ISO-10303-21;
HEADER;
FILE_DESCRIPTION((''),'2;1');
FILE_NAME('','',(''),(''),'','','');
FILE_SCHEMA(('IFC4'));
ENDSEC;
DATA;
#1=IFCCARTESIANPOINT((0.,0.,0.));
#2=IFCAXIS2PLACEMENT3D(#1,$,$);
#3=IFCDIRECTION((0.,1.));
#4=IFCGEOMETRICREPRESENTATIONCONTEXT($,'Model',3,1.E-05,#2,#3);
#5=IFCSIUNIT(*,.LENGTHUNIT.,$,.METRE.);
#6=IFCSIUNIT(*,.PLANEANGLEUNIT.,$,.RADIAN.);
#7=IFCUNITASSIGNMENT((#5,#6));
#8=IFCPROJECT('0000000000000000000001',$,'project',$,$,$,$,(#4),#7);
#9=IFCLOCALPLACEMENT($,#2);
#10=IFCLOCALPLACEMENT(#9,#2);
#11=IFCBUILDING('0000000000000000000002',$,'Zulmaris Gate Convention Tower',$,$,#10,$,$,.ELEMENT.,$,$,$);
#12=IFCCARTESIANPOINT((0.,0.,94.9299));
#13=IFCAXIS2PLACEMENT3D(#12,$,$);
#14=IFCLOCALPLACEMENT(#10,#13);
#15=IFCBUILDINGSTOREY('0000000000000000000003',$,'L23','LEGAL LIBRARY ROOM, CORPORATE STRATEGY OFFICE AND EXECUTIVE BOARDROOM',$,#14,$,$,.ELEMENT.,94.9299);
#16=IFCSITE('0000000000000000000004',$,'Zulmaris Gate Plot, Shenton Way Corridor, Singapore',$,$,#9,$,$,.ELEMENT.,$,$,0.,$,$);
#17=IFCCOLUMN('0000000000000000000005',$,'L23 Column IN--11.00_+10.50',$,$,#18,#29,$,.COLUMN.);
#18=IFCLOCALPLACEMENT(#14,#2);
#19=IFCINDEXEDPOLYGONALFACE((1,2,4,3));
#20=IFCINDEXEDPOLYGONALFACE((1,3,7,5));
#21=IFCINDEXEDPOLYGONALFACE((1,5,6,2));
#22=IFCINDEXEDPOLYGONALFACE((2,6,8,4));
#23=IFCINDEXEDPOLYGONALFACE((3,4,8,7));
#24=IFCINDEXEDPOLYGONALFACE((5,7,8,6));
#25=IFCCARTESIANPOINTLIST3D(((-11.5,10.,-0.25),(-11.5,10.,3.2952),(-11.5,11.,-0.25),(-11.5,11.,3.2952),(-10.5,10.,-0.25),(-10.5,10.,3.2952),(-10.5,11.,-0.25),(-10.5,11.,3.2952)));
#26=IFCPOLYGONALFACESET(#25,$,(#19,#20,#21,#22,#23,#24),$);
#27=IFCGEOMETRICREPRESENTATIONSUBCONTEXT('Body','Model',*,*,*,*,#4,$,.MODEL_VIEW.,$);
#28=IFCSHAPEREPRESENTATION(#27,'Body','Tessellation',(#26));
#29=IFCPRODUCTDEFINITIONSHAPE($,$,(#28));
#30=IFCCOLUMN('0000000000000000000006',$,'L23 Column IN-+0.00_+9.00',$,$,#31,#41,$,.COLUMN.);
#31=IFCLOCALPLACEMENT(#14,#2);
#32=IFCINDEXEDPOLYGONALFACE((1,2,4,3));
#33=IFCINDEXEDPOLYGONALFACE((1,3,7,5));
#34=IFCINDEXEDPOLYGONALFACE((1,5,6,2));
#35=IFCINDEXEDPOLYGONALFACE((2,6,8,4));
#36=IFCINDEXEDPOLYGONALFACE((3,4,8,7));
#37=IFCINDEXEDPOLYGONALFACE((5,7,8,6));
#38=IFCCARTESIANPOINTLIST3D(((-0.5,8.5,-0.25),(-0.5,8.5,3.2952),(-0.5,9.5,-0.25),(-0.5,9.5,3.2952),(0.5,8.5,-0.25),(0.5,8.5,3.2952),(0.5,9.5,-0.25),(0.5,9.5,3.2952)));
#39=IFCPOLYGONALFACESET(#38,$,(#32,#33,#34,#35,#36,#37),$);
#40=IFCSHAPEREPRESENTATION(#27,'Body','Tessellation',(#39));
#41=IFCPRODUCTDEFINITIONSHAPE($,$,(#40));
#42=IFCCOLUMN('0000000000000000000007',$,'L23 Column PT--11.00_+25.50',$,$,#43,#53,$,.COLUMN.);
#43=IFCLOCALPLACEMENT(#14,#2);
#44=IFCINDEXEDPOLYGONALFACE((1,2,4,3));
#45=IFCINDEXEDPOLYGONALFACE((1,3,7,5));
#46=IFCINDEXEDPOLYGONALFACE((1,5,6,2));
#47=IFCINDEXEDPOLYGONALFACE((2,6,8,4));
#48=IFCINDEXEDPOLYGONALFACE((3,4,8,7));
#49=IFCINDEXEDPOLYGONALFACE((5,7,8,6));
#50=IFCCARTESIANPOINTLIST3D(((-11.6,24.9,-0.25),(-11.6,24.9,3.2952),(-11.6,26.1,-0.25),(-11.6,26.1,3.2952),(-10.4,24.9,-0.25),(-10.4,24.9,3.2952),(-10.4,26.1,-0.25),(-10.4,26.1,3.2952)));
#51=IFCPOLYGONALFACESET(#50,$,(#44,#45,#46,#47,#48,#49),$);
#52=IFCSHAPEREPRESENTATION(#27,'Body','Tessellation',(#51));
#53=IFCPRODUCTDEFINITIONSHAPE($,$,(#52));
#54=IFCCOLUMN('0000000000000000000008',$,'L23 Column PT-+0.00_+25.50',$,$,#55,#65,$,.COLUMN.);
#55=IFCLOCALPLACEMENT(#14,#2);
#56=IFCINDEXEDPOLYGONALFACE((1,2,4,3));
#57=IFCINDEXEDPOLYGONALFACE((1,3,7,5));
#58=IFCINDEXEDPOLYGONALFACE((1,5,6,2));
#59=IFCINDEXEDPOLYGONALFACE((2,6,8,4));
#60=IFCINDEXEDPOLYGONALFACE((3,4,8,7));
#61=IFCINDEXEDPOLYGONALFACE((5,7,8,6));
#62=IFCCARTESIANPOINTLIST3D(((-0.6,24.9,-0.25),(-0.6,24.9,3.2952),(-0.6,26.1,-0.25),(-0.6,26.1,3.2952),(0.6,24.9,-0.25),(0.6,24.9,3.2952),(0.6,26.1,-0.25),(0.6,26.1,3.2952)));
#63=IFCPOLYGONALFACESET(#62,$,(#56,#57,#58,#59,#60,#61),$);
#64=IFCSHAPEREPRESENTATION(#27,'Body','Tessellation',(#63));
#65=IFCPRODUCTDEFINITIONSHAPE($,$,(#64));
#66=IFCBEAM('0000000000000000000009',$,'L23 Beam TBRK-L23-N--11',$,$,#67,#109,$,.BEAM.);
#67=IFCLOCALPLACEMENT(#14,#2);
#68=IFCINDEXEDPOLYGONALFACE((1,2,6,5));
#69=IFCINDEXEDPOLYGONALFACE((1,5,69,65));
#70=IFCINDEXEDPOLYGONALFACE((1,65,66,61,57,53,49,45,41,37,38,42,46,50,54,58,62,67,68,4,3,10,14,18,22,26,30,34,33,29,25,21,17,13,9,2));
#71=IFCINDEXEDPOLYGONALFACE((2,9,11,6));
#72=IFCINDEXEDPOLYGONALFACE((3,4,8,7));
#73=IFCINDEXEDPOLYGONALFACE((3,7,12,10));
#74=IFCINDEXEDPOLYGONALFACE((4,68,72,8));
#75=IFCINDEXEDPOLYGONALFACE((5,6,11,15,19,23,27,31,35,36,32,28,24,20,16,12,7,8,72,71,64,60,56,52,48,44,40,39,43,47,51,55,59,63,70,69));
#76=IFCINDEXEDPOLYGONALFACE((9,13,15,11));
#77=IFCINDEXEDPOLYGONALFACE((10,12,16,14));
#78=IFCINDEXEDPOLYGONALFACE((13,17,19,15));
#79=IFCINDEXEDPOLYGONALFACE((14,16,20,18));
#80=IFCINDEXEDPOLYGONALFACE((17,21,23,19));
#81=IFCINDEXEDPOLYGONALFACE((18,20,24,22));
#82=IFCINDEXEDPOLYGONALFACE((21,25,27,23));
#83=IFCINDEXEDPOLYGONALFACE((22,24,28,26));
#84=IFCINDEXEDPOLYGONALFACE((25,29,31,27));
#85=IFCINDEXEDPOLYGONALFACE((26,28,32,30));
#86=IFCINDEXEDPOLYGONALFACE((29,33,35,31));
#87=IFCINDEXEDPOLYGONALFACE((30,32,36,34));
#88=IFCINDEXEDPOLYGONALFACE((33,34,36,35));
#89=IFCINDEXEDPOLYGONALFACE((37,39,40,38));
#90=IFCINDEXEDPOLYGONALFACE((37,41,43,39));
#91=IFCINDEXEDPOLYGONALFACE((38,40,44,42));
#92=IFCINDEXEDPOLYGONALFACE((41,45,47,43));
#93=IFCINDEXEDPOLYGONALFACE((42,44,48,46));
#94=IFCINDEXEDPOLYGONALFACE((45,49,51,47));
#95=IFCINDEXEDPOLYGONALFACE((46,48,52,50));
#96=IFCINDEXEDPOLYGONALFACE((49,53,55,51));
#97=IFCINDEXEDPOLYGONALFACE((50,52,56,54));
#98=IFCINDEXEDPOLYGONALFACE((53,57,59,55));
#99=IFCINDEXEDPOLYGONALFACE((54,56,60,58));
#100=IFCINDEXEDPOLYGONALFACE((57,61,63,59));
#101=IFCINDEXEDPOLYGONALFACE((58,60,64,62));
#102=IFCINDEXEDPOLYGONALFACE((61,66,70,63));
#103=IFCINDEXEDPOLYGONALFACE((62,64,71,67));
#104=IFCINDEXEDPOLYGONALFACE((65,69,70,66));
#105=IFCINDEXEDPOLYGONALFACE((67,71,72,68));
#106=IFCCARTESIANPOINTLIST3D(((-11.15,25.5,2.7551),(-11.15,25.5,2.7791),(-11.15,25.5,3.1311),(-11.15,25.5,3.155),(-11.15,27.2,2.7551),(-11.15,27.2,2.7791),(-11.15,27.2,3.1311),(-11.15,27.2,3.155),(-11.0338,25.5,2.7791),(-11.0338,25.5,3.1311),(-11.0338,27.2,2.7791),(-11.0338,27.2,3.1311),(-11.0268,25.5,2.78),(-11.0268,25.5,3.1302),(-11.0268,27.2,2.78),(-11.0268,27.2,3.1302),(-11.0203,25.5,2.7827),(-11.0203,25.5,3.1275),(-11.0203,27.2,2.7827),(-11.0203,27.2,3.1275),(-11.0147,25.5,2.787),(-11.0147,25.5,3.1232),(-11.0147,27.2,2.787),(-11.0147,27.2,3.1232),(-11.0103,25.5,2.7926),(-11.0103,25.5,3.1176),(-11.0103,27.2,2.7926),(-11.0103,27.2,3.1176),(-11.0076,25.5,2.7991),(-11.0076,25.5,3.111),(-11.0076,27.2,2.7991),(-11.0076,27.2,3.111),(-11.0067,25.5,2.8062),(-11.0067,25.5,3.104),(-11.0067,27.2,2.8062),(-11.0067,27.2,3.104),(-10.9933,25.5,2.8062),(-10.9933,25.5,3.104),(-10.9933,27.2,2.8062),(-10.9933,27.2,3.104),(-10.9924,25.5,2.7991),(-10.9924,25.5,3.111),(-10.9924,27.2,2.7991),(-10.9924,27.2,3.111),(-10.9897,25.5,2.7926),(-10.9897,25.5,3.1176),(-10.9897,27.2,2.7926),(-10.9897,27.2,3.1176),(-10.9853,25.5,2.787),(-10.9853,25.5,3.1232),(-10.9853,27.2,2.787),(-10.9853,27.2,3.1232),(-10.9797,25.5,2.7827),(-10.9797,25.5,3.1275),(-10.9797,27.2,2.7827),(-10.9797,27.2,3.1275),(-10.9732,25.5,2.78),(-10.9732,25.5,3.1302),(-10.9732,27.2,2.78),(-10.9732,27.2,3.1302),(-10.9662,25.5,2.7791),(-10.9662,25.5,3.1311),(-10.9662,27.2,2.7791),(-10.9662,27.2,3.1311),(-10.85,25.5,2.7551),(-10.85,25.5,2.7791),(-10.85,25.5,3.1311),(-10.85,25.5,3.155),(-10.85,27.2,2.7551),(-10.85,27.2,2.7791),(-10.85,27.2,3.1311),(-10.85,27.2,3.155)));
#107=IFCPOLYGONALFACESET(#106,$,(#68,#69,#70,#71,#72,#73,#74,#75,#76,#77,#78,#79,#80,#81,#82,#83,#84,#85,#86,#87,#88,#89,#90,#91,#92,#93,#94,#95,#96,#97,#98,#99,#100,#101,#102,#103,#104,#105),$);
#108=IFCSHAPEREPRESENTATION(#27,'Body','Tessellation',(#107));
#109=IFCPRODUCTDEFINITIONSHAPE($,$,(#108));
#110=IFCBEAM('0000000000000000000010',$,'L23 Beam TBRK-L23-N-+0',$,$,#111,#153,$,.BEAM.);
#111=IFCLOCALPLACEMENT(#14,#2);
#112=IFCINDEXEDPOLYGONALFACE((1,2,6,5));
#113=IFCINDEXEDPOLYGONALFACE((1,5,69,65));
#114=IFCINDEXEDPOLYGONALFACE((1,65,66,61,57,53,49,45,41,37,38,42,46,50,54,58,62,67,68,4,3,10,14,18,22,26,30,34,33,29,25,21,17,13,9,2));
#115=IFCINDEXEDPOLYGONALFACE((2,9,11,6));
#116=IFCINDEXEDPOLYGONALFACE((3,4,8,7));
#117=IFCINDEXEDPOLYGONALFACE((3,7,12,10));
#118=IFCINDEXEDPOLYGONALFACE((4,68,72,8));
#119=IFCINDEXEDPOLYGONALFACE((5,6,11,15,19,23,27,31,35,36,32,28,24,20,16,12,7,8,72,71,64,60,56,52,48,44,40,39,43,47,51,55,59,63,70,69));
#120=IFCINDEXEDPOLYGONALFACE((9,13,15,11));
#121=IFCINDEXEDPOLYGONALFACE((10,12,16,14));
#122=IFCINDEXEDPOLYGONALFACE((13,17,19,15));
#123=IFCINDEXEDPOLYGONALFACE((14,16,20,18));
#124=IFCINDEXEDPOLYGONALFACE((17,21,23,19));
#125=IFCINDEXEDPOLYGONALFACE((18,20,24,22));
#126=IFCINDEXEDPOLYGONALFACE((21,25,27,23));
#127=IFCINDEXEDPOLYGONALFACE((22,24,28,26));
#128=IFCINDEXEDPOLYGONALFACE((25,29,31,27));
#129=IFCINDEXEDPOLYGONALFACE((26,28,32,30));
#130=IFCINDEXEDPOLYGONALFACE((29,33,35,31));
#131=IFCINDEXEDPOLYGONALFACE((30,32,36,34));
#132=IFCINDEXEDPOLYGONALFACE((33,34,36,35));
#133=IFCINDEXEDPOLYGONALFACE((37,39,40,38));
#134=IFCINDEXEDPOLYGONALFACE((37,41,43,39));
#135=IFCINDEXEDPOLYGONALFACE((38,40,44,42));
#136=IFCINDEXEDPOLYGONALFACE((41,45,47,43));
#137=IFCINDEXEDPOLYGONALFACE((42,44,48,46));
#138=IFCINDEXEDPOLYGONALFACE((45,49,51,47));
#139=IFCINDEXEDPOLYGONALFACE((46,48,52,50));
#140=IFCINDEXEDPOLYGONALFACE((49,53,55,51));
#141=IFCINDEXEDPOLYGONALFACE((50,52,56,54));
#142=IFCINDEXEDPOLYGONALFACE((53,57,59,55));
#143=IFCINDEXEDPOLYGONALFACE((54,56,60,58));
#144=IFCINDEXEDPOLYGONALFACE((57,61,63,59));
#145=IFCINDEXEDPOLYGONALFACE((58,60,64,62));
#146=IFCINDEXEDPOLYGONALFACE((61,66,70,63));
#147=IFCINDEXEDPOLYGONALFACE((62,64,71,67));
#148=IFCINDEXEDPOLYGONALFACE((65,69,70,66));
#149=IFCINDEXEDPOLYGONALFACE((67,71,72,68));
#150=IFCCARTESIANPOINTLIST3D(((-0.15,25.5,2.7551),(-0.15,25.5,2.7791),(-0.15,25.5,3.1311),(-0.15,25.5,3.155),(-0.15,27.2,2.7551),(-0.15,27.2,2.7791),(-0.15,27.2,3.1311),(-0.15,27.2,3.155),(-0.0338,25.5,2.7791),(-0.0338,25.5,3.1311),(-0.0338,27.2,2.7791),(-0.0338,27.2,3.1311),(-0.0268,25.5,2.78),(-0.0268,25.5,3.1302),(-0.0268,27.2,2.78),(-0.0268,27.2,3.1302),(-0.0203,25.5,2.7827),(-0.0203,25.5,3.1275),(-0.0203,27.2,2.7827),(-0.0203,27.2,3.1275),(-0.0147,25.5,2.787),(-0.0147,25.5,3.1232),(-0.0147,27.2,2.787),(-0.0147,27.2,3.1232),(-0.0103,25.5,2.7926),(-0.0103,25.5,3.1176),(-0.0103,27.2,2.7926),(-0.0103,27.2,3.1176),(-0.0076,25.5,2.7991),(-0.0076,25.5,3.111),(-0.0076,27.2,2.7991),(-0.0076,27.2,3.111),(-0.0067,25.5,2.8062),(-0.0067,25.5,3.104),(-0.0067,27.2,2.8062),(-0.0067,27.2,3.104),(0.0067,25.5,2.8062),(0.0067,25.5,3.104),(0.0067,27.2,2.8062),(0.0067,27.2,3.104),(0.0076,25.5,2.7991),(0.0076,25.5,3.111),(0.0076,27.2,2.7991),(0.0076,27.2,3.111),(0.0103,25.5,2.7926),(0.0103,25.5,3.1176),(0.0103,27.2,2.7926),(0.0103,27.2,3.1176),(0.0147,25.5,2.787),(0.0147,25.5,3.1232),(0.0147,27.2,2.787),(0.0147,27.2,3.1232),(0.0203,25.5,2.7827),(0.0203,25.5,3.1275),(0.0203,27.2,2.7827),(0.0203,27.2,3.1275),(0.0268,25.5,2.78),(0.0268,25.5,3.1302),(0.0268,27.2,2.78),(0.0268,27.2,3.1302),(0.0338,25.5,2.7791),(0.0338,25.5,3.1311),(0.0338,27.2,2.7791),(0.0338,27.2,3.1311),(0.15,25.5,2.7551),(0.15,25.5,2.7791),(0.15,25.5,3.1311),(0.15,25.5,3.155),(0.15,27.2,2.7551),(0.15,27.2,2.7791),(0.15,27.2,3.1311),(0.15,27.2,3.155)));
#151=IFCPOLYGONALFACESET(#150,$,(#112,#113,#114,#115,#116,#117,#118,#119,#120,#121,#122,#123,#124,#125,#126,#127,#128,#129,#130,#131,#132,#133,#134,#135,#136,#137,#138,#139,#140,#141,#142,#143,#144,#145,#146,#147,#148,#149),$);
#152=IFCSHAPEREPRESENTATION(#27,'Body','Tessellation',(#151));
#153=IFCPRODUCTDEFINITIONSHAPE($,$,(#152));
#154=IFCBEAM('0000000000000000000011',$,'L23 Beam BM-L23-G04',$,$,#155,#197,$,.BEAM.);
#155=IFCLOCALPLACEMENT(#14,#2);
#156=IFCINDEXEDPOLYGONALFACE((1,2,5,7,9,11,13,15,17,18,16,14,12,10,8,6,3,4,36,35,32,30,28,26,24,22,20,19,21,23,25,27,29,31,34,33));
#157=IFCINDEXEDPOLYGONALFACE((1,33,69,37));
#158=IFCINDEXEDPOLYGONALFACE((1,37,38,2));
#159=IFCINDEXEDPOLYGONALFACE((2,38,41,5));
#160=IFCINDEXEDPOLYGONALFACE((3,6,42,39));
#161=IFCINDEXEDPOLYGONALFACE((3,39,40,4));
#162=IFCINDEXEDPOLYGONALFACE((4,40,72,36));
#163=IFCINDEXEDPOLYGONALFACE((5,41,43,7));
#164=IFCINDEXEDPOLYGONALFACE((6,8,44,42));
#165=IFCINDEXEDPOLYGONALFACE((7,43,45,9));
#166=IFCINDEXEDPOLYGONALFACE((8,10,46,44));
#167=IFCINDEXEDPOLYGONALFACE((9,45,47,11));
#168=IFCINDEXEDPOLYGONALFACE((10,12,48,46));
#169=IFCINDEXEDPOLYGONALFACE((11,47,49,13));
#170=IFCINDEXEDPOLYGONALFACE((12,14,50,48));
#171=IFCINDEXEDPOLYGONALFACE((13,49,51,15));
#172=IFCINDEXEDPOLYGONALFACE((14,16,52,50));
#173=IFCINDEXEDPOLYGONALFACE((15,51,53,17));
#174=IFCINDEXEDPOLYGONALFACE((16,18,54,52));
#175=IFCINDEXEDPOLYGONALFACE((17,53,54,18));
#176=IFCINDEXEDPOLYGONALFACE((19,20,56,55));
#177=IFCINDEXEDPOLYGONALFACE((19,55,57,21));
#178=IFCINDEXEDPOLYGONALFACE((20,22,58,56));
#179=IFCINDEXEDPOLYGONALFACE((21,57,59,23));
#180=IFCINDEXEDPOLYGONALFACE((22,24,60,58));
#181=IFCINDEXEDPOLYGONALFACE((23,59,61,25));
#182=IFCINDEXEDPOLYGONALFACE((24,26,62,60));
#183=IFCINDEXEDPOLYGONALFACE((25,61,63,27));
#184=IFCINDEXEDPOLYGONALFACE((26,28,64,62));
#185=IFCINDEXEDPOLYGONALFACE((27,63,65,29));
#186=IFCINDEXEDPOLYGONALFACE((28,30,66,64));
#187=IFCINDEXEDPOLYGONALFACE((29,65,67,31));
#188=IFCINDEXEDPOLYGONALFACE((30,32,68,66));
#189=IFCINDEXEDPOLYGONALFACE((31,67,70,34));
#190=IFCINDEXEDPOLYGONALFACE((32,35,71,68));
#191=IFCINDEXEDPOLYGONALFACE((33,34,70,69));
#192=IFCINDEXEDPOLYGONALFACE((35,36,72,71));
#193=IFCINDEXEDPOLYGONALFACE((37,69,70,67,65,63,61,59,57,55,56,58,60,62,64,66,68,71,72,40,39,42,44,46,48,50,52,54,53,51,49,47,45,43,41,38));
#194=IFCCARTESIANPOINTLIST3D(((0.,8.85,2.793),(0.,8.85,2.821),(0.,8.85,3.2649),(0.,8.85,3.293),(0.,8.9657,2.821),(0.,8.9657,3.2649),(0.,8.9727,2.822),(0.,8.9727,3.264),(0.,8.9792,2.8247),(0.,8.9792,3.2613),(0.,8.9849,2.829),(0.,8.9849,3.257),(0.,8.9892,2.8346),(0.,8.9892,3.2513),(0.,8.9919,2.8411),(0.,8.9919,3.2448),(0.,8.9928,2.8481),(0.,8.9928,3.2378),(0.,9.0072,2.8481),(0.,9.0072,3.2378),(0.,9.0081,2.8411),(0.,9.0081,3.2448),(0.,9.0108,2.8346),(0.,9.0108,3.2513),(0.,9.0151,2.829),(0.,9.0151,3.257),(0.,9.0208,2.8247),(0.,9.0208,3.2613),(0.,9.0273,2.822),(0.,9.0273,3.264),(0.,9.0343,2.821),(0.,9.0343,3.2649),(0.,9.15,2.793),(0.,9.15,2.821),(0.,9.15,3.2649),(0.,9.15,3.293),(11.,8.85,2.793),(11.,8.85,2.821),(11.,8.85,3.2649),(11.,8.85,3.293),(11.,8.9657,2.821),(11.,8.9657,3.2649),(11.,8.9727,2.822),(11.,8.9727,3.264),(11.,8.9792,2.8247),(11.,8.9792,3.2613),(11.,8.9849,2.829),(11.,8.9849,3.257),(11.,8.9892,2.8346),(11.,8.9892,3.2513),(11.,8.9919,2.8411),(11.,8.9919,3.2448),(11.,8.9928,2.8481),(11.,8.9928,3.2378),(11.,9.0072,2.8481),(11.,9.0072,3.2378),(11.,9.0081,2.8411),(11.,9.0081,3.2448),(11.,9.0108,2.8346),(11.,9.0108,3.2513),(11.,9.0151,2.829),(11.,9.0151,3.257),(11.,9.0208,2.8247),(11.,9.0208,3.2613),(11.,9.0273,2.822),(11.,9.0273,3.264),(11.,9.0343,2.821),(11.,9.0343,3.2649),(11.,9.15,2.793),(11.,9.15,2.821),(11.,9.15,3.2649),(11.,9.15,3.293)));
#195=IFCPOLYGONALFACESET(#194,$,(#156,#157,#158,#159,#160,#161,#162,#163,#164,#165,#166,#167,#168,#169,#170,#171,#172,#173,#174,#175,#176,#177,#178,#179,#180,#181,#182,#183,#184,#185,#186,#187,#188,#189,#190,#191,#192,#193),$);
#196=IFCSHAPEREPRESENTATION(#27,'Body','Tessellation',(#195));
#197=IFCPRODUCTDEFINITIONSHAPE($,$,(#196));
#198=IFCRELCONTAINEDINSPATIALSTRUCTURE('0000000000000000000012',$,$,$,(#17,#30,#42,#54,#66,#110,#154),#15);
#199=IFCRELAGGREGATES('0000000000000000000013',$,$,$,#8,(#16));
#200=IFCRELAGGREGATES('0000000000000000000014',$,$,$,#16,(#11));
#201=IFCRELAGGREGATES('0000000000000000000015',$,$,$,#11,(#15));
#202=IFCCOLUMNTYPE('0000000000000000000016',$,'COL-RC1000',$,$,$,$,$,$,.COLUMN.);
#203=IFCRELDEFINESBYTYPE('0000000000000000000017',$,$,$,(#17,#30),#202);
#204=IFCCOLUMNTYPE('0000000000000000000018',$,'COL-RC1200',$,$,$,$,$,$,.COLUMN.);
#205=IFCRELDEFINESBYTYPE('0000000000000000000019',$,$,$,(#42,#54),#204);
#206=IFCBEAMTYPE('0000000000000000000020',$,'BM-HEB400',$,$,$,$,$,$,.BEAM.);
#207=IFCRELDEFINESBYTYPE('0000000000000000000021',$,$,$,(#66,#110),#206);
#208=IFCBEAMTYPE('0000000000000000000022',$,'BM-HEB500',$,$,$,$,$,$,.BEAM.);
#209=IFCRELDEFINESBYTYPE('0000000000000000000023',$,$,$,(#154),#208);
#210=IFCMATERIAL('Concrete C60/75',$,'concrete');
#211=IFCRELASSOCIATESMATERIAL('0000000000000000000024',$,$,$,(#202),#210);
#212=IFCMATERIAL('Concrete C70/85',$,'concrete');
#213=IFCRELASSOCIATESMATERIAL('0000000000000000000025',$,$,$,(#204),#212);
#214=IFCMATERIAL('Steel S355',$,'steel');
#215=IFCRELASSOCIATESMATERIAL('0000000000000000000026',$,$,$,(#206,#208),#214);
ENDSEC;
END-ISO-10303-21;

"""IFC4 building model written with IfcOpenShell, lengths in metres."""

from ifc_helpers import new_model, si_unit, direction, frame, origin, origin_2d, place, context, subcontext, project, spatial, rectangle, i_section, extrude, material, material_profile, profile_set, type_object, element, save


model = new_model("IFC4")

# Units and contexts
model_context = context("Model", 3, precision=1e-05, world=origin(), true_north=direction((0.0, 1.0)))
body_context = subcontext(model_context, "Body", "Model", "MODEL_VIEW")
ifc_project = project(units=[si_unit("LENGTHUNIT", "METRE"), si_unit("PLANEANGLEUNIT", "RADIAN")], contexts=[model_context])

# Site, building, storey
site_placement = place(None, origin())
site = spatial("IfcSite", under=ifc_project, at=site_placement, Name="Zulmaris Gate Plot, Shenton Way Corridor, Singapore", CompositionType="ELEMENT", RefElevation=0.0)
building_placement = place(site_placement, origin())
building = spatial("IfcBuilding", under=site, at=building_placement, Name="Zulmaris Gate Convention Tower", CompositionType="ELEMENT")
storey_placement = place(building_placement, frame((0.0, 0.0, 94.9299)))
storey = spatial("IfcBuildingStorey", under=building, at=storey_placement, Name="L23", Description="LEGAL LIBRARY ROOM, CORPORATE STRATEGY OFFICE AND EXECUTIVE BOARDROOM", CompositionType="ELEMENT", Elevation=94.9299)

# Columns
ifc_material_1 = material(Name="Concrete C60/75", Category="concrete")
ifc_material_profile_1 = material_profile(ifc_material_1, rectangle(XDim=1.0, YDim=1.0, at=origin_2d()), Name="RC COL 1000x1000")
ifc_profile_set_1 = profile_set([ifc_material_profile_1], Name="Concrete C60/75")
column_type_1 = type_object("IfcColumnType", Name="COL-RC1000", PredefinedType="COLUMN", material=ifc_profile_set_1)
for number, where, z_axis, x_axis, name in (
    (1, (-11.0, 10.5, -0.25), (0.0, 0.0, 1.0), (1.0, 0.0, 0.0), "L23 Column IN--11.00_+10.50"),
    (2, (0.0, 9.0, -0.25), (0.0, 0.0, 1.0), (1.0, 0.0, 0.0), "L23 Column IN-+0.00_+9.00"),
):
    element("IfcColumn", number, at=place(storey_placement, frame(where, z_axis=z_axis, x_axis=x_axis)), inside=storey, type_object=column_type_1, Name=name, PredefinedType="COLUMN", context=body_context, shape_type="SweptSolid", body=[
        extrude(rectangle(XDim=1.0, YDim=1.0, at=origin_2d()), origin(), (0.0, 0.0, 1.0), 3.5452),
    ])
ifc_material_2 = material(Name="Concrete C70/85", Category="concrete")
ifc_material_profile_2 = material_profile(ifc_material_2, rectangle(XDim=1.2, YDim=1.2, at=origin_2d()), Name="RC COL 1200x1200")
ifc_profile_set_2 = profile_set([ifc_material_profile_2], Name="Concrete C70/85")
column_type_2 = type_object("IfcColumnType", Name="COL-RC1200", PredefinedType="COLUMN", material=ifc_profile_set_2)
for number, where, z_axis, x_axis, name in (
    (3, (-11.0, 25.5, -0.25), (0.0, 0.0, 1.0), (1.0, 0.0, 0.0), "L23 Column PT--11.00_+25.50"),
    (4, (0.0, 25.5, -0.25), (0.0, 0.0, 1.0), (1.0, 0.0, 0.0), "L23 Column PT-+0.00_+25.50"),
):
    element("IfcColumn", number, at=place(storey_placement, frame(where, z_axis=z_axis, x_axis=x_axis)), inside=storey, type_object=column_type_2, Name=name, PredefinedType="COLUMN", context=body_context, shape_type="SweptSolid", body=[
        extrude(rectangle(XDim=1.2, YDim=1.2, at=origin_2d()), origin(), (0.0, 0.0, 1.0), 3.5452),
    ])

# Beams
ifc_material_3 = material(Name="Steel S355", Category="steel")
ifc_material_profile_3 = material_profile(ifc_material_3, i_section(OverallWidth=0.3, OverallDepth=0.3999, WebThickness=0.0134, FlangeThickness=0.0239, FilletRadius=0.0271, at=origin_2d()), Name="HEB 400")
ifc_profile_set_3 = profile_set([ifc_material_profile_3], Name="Steel S355")
beam_type_1 = type_object("IfcBeamType", Name="BM-HEB400", PredefinedType="BEAM", material=ifc_profile_set_3)
for number, where, z_axis, x_axis, name in (
    (5, (-11.0, 25.5, 2.9551), (0.0, 1.0, 0.0), (-1.0, 0.0, 0.0), "L23 Beam TBRK-L23-N--11"),
    (6, (0.0, 25.5, 2.9551), (0.0, 1.0, 0.0), (-1.0, 0.0, 0.0), "L23 Beam TBRK-L23-N-+0"),
):
    element("IfcBeam", number, at=place(storey_placement, frame(where, z_axis=z_axis, x_axis=x_axis)), inside=storey, type_object=beam_type_1, Name=name, PredefinedType="BEAM", context=body_context, shape_type="SweptSolid", body=[
        extrude(i_section(OverallWidth=0.3, OverallDepth=0.3999, WebThickness=0.0134, FlangeThickness=0.0239, FilletRadius=0.0271, at=origin_2d()), origin(), (0.0, 0.0, 1.0), 1.7),
    ])
ifc_material_profile_4 = material_profile(ifc_material_3, i_section(OverallWidth=0.3, OverallDepth=0.5, WebThickness=0.0144, FlangeThickness=0.0281, FilletRadius=0.0271, at=origin_2d()), Name="HEB 500")
ifc_profile_set_4 = profile_set([ifc_material_profile_4], Name="Steel S355")
beam_type_2 = type_object("IfcBeamType", Name="BM-HEB500", PredefinedType="BEAM", material=ifc_profile_set_4)
beam_1_placement = place(storey_placement, frame((0.0, 9.0, 3.043), z_axis=(1.0, 0.0, 0.0), x_axis=(0.0, 1.0, 0.0)))
element("IfcBeam", 7, at=beam_1_placement, inside=storey, type_object=beam_type_2, Name="L23 Beam BM-L23-G04", PredefinedType="BEAM", context=body_context, shape_type="SweptSolid", body=[
    extrude(i_section(OverallWidth=0.3, OverallDepth=0.5, WebThickness=0.0144, FlangeThickness=0.0281, FilletRadius=0.0271, at=origin_2d()), origin(), (0.0, 0.0, 1.0), 11.0),
])

save(model, "model.ifc")
